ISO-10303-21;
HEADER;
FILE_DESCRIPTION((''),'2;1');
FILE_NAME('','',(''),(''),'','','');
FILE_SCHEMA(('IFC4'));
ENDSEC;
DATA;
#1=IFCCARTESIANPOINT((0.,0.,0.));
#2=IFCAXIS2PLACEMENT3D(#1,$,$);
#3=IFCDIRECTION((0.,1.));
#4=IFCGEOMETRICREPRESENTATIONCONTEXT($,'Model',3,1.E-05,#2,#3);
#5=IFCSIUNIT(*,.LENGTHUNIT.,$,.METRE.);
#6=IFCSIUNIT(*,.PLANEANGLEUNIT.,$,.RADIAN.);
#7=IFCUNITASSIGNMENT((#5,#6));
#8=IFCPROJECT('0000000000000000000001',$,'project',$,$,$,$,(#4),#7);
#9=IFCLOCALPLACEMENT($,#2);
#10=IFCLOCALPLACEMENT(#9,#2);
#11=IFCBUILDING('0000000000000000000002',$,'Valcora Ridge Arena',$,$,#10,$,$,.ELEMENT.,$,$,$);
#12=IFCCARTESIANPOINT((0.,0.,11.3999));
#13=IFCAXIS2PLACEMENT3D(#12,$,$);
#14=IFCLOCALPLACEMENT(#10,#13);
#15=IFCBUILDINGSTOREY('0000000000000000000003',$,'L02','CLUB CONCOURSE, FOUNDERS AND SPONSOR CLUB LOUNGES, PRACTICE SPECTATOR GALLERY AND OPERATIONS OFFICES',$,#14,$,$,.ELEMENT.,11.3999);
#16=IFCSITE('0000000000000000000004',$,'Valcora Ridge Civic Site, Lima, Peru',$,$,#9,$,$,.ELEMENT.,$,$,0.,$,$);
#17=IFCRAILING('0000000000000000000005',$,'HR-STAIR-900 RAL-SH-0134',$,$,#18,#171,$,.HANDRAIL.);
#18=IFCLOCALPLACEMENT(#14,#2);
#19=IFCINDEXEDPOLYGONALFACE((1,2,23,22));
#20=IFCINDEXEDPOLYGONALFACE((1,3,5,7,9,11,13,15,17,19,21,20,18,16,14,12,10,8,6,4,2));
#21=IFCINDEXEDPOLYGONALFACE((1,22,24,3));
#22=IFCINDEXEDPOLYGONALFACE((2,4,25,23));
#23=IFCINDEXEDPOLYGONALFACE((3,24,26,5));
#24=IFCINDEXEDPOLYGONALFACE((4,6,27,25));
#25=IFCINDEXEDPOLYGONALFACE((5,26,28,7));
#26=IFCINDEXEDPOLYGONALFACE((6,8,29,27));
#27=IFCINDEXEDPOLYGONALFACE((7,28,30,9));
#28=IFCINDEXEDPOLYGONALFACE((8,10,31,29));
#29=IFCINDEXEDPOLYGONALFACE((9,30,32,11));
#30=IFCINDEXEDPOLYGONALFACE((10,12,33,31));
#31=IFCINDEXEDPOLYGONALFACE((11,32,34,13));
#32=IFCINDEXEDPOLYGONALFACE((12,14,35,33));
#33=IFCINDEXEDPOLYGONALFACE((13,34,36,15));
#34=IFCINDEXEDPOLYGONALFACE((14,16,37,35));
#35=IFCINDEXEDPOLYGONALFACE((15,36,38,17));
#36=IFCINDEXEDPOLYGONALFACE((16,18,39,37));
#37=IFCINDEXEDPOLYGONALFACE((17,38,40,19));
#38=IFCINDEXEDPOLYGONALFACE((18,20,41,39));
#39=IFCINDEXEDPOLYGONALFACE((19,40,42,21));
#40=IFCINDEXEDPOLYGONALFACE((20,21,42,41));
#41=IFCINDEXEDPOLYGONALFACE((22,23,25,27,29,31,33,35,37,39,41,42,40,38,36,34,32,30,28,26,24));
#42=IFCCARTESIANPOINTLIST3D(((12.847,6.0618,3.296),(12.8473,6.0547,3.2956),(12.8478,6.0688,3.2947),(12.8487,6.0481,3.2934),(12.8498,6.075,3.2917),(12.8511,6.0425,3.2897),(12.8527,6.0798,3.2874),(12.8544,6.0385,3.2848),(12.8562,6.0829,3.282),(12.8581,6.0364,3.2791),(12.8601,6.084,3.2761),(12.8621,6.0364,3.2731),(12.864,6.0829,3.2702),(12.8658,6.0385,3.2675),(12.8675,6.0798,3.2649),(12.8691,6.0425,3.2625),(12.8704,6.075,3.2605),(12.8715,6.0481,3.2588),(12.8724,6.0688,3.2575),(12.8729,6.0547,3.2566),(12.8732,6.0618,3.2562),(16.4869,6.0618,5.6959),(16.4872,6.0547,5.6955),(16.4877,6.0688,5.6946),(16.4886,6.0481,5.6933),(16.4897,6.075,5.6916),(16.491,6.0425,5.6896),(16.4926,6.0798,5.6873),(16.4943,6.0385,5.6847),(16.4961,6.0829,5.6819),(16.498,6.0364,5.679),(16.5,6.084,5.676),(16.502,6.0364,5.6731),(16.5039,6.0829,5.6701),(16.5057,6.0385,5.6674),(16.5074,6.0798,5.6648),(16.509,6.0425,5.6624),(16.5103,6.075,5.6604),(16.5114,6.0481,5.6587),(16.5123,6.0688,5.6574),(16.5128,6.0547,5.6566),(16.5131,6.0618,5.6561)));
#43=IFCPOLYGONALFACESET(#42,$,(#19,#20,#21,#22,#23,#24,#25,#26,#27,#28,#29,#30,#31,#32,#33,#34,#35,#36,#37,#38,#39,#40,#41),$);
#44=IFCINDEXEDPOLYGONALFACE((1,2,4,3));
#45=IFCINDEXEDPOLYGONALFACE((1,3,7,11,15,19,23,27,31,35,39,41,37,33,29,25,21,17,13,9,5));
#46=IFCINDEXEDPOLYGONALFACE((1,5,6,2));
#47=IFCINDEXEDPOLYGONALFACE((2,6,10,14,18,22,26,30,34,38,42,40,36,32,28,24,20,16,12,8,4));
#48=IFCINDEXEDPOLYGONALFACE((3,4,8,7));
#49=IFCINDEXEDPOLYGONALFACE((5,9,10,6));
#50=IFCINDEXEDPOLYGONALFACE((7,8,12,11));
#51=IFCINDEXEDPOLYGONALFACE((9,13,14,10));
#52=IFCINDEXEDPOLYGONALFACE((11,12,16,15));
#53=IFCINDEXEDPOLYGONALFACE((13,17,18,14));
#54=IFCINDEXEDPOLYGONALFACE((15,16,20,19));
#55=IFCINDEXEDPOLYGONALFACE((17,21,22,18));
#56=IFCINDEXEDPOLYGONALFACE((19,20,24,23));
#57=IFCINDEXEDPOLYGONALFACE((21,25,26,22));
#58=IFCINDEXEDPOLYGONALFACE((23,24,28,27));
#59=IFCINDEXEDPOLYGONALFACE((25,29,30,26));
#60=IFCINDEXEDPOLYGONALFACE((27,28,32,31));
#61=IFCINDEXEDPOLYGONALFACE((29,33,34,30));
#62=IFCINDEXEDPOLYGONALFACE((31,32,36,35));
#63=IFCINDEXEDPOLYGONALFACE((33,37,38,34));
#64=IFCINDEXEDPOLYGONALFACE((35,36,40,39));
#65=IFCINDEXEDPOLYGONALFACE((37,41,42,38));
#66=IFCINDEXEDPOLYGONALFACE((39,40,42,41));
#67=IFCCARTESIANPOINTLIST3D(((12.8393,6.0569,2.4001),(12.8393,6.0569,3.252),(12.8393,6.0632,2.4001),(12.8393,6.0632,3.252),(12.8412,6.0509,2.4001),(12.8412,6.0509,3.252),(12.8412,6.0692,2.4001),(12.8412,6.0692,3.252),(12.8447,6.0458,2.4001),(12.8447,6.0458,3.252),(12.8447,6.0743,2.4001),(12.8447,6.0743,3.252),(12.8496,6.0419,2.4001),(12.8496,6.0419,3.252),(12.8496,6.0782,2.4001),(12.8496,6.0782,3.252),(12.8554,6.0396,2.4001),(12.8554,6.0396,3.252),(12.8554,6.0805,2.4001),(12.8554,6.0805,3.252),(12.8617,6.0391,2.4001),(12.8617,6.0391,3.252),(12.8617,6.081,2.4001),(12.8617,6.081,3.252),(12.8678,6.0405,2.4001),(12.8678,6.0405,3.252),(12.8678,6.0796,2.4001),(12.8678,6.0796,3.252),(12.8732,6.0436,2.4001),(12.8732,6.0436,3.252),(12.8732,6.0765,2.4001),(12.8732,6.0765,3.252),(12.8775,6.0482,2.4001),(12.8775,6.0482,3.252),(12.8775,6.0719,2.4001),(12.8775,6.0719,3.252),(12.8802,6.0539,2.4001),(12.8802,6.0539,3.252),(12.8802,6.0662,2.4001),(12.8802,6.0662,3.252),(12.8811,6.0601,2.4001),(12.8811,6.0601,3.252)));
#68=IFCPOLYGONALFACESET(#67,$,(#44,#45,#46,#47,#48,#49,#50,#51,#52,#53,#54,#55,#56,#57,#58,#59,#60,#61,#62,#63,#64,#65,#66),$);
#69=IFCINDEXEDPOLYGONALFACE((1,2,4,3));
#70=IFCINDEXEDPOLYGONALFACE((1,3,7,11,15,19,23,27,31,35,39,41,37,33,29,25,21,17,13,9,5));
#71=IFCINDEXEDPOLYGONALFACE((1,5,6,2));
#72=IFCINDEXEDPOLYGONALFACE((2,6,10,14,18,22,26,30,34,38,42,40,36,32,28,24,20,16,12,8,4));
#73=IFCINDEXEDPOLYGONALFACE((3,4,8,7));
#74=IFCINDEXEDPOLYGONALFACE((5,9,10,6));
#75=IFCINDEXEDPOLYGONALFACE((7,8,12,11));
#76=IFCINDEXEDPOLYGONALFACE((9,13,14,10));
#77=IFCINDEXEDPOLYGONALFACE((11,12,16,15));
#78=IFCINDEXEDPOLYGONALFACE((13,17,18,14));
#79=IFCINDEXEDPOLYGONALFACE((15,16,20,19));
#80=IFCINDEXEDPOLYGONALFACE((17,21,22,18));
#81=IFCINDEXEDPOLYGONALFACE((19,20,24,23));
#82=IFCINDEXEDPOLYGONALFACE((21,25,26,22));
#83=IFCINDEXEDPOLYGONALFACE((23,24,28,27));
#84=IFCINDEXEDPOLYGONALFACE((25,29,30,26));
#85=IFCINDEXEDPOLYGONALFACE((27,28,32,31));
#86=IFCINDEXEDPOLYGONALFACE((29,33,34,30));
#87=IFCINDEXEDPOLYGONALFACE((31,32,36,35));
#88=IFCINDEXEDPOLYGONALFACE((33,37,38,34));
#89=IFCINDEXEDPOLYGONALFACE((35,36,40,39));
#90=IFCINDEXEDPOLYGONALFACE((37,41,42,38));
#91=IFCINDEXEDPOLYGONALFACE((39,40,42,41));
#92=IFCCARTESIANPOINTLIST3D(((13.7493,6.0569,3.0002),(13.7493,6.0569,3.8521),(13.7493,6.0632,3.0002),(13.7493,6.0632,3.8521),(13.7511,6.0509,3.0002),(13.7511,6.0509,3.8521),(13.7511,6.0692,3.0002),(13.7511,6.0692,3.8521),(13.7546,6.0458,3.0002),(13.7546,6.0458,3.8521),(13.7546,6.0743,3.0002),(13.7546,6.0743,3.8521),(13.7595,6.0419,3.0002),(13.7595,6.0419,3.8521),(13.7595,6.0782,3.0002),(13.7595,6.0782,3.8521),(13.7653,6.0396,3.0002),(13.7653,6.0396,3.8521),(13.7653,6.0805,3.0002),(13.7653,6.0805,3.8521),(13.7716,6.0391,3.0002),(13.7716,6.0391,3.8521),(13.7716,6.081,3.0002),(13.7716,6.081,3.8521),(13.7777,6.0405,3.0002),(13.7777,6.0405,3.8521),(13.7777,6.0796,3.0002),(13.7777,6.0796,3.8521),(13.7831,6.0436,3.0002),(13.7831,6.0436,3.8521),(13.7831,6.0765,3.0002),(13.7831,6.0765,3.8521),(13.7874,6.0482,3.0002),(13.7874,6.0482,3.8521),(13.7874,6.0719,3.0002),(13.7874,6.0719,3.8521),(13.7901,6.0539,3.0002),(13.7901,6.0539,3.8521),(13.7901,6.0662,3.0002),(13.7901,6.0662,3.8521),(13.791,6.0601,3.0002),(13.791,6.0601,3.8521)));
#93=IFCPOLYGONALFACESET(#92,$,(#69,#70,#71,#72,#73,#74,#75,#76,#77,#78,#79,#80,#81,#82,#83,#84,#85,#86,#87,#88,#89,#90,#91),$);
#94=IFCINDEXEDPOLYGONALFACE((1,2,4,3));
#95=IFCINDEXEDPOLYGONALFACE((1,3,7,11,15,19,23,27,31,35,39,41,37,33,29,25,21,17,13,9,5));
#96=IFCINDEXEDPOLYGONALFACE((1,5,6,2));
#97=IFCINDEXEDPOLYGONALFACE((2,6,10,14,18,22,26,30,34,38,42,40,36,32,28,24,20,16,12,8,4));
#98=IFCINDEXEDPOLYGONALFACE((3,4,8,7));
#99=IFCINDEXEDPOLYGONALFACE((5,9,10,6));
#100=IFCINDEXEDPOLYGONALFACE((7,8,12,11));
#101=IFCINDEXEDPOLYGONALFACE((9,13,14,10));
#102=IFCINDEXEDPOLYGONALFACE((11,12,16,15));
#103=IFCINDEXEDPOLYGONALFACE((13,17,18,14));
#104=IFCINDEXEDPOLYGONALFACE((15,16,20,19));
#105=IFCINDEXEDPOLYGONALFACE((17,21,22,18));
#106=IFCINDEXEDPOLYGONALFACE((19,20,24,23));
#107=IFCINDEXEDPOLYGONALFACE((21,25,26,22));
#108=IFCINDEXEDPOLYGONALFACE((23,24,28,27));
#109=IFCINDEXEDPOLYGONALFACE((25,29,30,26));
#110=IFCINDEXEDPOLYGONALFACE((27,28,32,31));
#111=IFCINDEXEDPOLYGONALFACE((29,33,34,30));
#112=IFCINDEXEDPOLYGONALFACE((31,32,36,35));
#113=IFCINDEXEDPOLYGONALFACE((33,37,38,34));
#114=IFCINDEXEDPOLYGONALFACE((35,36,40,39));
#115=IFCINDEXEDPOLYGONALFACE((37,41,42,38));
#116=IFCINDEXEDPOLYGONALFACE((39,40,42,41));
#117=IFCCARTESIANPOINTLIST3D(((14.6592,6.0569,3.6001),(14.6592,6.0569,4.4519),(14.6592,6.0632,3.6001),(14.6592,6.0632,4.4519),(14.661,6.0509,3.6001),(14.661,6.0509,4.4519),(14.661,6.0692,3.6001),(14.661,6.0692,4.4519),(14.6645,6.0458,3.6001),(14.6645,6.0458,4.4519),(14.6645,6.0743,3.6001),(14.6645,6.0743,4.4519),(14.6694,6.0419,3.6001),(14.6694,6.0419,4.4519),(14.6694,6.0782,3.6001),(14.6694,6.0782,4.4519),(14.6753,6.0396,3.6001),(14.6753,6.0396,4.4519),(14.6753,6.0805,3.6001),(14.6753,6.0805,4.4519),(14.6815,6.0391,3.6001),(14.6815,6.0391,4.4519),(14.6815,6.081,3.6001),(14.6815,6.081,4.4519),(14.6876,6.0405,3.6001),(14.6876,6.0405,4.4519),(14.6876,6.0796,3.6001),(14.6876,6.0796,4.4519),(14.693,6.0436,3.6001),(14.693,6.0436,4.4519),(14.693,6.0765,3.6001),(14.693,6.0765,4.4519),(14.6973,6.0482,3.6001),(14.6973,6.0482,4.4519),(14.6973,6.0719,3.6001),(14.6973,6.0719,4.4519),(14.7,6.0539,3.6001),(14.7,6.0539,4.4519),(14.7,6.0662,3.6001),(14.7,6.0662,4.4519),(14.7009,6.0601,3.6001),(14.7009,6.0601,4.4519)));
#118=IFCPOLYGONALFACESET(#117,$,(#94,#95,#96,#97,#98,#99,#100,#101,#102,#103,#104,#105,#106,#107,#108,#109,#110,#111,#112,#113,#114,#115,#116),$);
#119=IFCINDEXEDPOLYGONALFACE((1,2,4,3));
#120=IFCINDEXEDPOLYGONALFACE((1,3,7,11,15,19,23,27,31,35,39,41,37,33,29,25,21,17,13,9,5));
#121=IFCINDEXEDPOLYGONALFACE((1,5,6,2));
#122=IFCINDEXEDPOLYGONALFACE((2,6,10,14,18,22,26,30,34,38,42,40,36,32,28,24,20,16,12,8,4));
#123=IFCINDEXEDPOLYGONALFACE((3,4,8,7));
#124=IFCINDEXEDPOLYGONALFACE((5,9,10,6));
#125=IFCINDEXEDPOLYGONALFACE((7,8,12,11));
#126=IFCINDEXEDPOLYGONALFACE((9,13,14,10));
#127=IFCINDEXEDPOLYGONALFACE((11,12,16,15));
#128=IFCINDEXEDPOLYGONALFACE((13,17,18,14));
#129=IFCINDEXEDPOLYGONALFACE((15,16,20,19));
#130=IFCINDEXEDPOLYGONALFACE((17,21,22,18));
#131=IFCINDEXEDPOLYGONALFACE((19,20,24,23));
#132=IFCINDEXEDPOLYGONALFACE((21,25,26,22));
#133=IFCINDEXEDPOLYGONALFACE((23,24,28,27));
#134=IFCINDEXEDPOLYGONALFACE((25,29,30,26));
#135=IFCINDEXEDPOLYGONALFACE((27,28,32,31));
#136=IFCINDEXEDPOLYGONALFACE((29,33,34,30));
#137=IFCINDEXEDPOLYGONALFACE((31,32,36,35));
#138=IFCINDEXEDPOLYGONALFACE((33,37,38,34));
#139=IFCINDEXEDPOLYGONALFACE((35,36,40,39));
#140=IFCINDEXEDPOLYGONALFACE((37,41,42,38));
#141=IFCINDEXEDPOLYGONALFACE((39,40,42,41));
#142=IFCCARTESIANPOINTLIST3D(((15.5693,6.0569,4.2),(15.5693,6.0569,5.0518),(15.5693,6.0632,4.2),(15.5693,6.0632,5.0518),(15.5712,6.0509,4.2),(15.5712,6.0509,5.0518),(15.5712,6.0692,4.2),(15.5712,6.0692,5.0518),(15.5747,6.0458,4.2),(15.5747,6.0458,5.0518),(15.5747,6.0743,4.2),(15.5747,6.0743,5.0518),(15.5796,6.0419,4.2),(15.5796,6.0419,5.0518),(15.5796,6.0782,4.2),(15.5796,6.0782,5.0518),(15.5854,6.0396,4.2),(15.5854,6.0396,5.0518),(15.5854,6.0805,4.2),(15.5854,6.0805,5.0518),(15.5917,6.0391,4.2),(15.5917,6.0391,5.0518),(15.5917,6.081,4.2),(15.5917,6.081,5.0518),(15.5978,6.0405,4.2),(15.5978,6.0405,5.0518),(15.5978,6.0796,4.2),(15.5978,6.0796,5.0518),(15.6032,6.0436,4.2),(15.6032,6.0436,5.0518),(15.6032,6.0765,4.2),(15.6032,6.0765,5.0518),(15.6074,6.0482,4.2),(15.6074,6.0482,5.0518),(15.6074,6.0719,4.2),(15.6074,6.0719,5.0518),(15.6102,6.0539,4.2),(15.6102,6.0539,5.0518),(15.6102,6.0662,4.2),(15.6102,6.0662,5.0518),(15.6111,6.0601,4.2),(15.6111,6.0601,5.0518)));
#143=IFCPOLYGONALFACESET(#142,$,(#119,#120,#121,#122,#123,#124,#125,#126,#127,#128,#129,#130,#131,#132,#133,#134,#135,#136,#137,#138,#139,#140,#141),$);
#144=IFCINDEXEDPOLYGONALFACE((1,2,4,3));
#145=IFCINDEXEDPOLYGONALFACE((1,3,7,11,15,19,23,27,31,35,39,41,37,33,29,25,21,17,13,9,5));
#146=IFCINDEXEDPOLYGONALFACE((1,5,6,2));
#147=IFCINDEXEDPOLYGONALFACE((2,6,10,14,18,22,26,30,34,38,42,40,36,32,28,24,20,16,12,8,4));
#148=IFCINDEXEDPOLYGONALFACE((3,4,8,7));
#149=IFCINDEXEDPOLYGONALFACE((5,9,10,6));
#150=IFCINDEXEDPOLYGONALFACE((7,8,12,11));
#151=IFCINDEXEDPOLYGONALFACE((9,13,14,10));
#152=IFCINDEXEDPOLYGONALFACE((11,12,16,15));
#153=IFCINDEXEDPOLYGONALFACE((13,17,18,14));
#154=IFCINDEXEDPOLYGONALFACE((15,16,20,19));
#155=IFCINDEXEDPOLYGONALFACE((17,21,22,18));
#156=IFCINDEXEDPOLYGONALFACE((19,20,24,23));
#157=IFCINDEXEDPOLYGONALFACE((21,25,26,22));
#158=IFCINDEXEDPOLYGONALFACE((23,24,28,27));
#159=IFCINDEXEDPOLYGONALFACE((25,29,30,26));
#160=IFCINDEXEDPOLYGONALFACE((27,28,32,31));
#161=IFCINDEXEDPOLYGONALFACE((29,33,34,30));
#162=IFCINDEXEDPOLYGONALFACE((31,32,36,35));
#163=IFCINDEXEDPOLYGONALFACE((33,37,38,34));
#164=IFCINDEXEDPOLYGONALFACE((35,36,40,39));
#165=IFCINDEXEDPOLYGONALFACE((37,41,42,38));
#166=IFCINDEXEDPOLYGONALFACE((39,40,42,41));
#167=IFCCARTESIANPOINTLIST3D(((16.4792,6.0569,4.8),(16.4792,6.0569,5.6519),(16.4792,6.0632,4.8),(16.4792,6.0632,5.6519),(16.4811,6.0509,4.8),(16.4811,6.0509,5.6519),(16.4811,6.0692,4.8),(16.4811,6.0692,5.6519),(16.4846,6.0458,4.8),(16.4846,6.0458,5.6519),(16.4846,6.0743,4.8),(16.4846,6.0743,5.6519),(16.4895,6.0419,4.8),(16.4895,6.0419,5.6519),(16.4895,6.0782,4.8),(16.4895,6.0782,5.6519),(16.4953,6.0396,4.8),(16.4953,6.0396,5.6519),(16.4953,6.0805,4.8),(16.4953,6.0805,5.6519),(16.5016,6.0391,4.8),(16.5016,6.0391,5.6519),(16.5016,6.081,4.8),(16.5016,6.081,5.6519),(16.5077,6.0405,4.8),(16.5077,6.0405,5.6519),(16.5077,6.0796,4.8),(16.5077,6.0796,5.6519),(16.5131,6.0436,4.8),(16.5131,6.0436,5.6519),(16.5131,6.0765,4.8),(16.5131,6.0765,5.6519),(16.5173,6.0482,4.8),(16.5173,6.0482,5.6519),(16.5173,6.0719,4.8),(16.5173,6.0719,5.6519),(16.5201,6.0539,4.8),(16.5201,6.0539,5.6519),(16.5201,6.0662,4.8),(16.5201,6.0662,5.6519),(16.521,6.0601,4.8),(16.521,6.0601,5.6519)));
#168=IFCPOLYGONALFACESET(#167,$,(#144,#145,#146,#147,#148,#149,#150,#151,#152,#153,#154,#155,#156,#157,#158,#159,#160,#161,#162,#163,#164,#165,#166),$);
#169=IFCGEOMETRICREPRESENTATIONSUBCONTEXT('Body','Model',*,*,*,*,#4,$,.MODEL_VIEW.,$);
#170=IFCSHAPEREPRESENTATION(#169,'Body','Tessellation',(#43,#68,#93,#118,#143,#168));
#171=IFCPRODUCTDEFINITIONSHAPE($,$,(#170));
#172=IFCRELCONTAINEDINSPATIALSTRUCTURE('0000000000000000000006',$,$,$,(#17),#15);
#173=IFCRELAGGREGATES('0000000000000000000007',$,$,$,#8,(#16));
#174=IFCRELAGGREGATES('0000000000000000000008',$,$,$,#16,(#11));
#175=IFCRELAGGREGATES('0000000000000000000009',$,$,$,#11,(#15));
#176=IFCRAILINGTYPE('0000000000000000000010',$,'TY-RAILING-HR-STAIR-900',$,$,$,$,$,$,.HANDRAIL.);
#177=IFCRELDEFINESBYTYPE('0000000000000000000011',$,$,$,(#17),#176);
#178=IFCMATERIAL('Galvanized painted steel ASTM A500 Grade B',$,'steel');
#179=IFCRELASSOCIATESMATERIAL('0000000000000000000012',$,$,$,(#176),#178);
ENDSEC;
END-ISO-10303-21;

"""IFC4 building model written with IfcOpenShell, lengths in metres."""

from ifc_helpers import new_model, si_unit, direction, frame, origin, origin_2d, place, context, subcontext, project, spatial, circle, extrude, material, type_object, element, save


model = new_model("IFC4")

# Units and contexts
model_context = context("Model", 3, precision=1e-05, world=origin(), true_north=direction((0.0, 1.0)))
body_context = subcontext(model_context, "Body", "Model", "MODEL_VIEW")
ifc_project = project(units=[si_unit("LENGTHUNIT", "METRE"), si_unit("PLANEANGLEUNIT", "RADIAN")], contexts=[model_context])

# Site, building, storey
site_placement = place(None, origin())
site = spatial("IfcSite", under=ifc_project, at=site_placement, Name="Valcora Ridge Civic Site, Lima, Peru", CompositionType="ELEMENT", RefElevation=0.0)
building_placement = place(site_placement, origin())
building = spatial("IfcBuilding", under=site, at=building_placement, Name="Valcora Ridge Arena", CompositionType="ELEMENT")
storey_placement = place(building_placement, frame((0.0, 0.0, 11.3999)))
storey = spatial("IfcBuildingStorey", under=building, at=storey_placement, Name="L02", Description="CLUB CONCOURSE, FOUNDERS AND SPONSOR CLUB LOUNGES, PRACTICE SPECTATOR GALLERY AND OPERATIONS OFFICES", CompositionType="ELEMENT", Elevation=11.3999)

# Railing
ifc_material_1 = material(Name="Galvanized painted steel ASTM A500 Grade B", Category="steel")
railing_type_1 = type_object("IfcRailingType", Name="TY-RAILING-HR-STAIR-900", PredefinedType="HANDRAIL", material=ifc_material_1)
railing_1_placement = place(storey_placement, frame((12.8601, 6.0601, 2.4001)))
element("IfcRailing", 1, at=railing_1_placement, inside=storey, type_object=railing_type_1, Name="HR-STAIR-900 RAL-SH-0134", PredefinedType="HANDRAIL", context=body_context, shape_type="SweptSolid", body=[
    extrude(circle(Radius=0.0239, at=origin_2d()), frame((0.0, 0.0, 0.876), z_axis=(0.834865, 0.0, 0.550454), x_axis=(0.0, 1.0, 0.0)), (0.0, 0.0, 1.0), 4.3599),
    extrude(circle(Radius=0.021, at=origin_2d()), origin(), (0.0, 0.0, 1.0), 0.8518),
    extrude(circle(Radius=0.021, at=origin_2d()), frame((0.9099, 0.0, 0.6001)), (0.0, 0.0, 1.0), 0.8518),
    extrude(circle(Radius=0.021, at=origin_2d()), frame((1.8198, 0.0, 1.2)), (0.0, 0.0, 1.0), 0.8518),
    extrude(circle(Radius=0.021, at=origin_2d()), frame((2.73, 0.0, 1.7998)), (0.0, 0.0, 1.0), 0.8518),
    extrude(circle(Radius=0.021, at=origin_2d()), frame((3.6399, 0.0, 2.3999)), (0.0, 0.0, 1.0), 0.8518),
])

save(model, "model.ifc")
